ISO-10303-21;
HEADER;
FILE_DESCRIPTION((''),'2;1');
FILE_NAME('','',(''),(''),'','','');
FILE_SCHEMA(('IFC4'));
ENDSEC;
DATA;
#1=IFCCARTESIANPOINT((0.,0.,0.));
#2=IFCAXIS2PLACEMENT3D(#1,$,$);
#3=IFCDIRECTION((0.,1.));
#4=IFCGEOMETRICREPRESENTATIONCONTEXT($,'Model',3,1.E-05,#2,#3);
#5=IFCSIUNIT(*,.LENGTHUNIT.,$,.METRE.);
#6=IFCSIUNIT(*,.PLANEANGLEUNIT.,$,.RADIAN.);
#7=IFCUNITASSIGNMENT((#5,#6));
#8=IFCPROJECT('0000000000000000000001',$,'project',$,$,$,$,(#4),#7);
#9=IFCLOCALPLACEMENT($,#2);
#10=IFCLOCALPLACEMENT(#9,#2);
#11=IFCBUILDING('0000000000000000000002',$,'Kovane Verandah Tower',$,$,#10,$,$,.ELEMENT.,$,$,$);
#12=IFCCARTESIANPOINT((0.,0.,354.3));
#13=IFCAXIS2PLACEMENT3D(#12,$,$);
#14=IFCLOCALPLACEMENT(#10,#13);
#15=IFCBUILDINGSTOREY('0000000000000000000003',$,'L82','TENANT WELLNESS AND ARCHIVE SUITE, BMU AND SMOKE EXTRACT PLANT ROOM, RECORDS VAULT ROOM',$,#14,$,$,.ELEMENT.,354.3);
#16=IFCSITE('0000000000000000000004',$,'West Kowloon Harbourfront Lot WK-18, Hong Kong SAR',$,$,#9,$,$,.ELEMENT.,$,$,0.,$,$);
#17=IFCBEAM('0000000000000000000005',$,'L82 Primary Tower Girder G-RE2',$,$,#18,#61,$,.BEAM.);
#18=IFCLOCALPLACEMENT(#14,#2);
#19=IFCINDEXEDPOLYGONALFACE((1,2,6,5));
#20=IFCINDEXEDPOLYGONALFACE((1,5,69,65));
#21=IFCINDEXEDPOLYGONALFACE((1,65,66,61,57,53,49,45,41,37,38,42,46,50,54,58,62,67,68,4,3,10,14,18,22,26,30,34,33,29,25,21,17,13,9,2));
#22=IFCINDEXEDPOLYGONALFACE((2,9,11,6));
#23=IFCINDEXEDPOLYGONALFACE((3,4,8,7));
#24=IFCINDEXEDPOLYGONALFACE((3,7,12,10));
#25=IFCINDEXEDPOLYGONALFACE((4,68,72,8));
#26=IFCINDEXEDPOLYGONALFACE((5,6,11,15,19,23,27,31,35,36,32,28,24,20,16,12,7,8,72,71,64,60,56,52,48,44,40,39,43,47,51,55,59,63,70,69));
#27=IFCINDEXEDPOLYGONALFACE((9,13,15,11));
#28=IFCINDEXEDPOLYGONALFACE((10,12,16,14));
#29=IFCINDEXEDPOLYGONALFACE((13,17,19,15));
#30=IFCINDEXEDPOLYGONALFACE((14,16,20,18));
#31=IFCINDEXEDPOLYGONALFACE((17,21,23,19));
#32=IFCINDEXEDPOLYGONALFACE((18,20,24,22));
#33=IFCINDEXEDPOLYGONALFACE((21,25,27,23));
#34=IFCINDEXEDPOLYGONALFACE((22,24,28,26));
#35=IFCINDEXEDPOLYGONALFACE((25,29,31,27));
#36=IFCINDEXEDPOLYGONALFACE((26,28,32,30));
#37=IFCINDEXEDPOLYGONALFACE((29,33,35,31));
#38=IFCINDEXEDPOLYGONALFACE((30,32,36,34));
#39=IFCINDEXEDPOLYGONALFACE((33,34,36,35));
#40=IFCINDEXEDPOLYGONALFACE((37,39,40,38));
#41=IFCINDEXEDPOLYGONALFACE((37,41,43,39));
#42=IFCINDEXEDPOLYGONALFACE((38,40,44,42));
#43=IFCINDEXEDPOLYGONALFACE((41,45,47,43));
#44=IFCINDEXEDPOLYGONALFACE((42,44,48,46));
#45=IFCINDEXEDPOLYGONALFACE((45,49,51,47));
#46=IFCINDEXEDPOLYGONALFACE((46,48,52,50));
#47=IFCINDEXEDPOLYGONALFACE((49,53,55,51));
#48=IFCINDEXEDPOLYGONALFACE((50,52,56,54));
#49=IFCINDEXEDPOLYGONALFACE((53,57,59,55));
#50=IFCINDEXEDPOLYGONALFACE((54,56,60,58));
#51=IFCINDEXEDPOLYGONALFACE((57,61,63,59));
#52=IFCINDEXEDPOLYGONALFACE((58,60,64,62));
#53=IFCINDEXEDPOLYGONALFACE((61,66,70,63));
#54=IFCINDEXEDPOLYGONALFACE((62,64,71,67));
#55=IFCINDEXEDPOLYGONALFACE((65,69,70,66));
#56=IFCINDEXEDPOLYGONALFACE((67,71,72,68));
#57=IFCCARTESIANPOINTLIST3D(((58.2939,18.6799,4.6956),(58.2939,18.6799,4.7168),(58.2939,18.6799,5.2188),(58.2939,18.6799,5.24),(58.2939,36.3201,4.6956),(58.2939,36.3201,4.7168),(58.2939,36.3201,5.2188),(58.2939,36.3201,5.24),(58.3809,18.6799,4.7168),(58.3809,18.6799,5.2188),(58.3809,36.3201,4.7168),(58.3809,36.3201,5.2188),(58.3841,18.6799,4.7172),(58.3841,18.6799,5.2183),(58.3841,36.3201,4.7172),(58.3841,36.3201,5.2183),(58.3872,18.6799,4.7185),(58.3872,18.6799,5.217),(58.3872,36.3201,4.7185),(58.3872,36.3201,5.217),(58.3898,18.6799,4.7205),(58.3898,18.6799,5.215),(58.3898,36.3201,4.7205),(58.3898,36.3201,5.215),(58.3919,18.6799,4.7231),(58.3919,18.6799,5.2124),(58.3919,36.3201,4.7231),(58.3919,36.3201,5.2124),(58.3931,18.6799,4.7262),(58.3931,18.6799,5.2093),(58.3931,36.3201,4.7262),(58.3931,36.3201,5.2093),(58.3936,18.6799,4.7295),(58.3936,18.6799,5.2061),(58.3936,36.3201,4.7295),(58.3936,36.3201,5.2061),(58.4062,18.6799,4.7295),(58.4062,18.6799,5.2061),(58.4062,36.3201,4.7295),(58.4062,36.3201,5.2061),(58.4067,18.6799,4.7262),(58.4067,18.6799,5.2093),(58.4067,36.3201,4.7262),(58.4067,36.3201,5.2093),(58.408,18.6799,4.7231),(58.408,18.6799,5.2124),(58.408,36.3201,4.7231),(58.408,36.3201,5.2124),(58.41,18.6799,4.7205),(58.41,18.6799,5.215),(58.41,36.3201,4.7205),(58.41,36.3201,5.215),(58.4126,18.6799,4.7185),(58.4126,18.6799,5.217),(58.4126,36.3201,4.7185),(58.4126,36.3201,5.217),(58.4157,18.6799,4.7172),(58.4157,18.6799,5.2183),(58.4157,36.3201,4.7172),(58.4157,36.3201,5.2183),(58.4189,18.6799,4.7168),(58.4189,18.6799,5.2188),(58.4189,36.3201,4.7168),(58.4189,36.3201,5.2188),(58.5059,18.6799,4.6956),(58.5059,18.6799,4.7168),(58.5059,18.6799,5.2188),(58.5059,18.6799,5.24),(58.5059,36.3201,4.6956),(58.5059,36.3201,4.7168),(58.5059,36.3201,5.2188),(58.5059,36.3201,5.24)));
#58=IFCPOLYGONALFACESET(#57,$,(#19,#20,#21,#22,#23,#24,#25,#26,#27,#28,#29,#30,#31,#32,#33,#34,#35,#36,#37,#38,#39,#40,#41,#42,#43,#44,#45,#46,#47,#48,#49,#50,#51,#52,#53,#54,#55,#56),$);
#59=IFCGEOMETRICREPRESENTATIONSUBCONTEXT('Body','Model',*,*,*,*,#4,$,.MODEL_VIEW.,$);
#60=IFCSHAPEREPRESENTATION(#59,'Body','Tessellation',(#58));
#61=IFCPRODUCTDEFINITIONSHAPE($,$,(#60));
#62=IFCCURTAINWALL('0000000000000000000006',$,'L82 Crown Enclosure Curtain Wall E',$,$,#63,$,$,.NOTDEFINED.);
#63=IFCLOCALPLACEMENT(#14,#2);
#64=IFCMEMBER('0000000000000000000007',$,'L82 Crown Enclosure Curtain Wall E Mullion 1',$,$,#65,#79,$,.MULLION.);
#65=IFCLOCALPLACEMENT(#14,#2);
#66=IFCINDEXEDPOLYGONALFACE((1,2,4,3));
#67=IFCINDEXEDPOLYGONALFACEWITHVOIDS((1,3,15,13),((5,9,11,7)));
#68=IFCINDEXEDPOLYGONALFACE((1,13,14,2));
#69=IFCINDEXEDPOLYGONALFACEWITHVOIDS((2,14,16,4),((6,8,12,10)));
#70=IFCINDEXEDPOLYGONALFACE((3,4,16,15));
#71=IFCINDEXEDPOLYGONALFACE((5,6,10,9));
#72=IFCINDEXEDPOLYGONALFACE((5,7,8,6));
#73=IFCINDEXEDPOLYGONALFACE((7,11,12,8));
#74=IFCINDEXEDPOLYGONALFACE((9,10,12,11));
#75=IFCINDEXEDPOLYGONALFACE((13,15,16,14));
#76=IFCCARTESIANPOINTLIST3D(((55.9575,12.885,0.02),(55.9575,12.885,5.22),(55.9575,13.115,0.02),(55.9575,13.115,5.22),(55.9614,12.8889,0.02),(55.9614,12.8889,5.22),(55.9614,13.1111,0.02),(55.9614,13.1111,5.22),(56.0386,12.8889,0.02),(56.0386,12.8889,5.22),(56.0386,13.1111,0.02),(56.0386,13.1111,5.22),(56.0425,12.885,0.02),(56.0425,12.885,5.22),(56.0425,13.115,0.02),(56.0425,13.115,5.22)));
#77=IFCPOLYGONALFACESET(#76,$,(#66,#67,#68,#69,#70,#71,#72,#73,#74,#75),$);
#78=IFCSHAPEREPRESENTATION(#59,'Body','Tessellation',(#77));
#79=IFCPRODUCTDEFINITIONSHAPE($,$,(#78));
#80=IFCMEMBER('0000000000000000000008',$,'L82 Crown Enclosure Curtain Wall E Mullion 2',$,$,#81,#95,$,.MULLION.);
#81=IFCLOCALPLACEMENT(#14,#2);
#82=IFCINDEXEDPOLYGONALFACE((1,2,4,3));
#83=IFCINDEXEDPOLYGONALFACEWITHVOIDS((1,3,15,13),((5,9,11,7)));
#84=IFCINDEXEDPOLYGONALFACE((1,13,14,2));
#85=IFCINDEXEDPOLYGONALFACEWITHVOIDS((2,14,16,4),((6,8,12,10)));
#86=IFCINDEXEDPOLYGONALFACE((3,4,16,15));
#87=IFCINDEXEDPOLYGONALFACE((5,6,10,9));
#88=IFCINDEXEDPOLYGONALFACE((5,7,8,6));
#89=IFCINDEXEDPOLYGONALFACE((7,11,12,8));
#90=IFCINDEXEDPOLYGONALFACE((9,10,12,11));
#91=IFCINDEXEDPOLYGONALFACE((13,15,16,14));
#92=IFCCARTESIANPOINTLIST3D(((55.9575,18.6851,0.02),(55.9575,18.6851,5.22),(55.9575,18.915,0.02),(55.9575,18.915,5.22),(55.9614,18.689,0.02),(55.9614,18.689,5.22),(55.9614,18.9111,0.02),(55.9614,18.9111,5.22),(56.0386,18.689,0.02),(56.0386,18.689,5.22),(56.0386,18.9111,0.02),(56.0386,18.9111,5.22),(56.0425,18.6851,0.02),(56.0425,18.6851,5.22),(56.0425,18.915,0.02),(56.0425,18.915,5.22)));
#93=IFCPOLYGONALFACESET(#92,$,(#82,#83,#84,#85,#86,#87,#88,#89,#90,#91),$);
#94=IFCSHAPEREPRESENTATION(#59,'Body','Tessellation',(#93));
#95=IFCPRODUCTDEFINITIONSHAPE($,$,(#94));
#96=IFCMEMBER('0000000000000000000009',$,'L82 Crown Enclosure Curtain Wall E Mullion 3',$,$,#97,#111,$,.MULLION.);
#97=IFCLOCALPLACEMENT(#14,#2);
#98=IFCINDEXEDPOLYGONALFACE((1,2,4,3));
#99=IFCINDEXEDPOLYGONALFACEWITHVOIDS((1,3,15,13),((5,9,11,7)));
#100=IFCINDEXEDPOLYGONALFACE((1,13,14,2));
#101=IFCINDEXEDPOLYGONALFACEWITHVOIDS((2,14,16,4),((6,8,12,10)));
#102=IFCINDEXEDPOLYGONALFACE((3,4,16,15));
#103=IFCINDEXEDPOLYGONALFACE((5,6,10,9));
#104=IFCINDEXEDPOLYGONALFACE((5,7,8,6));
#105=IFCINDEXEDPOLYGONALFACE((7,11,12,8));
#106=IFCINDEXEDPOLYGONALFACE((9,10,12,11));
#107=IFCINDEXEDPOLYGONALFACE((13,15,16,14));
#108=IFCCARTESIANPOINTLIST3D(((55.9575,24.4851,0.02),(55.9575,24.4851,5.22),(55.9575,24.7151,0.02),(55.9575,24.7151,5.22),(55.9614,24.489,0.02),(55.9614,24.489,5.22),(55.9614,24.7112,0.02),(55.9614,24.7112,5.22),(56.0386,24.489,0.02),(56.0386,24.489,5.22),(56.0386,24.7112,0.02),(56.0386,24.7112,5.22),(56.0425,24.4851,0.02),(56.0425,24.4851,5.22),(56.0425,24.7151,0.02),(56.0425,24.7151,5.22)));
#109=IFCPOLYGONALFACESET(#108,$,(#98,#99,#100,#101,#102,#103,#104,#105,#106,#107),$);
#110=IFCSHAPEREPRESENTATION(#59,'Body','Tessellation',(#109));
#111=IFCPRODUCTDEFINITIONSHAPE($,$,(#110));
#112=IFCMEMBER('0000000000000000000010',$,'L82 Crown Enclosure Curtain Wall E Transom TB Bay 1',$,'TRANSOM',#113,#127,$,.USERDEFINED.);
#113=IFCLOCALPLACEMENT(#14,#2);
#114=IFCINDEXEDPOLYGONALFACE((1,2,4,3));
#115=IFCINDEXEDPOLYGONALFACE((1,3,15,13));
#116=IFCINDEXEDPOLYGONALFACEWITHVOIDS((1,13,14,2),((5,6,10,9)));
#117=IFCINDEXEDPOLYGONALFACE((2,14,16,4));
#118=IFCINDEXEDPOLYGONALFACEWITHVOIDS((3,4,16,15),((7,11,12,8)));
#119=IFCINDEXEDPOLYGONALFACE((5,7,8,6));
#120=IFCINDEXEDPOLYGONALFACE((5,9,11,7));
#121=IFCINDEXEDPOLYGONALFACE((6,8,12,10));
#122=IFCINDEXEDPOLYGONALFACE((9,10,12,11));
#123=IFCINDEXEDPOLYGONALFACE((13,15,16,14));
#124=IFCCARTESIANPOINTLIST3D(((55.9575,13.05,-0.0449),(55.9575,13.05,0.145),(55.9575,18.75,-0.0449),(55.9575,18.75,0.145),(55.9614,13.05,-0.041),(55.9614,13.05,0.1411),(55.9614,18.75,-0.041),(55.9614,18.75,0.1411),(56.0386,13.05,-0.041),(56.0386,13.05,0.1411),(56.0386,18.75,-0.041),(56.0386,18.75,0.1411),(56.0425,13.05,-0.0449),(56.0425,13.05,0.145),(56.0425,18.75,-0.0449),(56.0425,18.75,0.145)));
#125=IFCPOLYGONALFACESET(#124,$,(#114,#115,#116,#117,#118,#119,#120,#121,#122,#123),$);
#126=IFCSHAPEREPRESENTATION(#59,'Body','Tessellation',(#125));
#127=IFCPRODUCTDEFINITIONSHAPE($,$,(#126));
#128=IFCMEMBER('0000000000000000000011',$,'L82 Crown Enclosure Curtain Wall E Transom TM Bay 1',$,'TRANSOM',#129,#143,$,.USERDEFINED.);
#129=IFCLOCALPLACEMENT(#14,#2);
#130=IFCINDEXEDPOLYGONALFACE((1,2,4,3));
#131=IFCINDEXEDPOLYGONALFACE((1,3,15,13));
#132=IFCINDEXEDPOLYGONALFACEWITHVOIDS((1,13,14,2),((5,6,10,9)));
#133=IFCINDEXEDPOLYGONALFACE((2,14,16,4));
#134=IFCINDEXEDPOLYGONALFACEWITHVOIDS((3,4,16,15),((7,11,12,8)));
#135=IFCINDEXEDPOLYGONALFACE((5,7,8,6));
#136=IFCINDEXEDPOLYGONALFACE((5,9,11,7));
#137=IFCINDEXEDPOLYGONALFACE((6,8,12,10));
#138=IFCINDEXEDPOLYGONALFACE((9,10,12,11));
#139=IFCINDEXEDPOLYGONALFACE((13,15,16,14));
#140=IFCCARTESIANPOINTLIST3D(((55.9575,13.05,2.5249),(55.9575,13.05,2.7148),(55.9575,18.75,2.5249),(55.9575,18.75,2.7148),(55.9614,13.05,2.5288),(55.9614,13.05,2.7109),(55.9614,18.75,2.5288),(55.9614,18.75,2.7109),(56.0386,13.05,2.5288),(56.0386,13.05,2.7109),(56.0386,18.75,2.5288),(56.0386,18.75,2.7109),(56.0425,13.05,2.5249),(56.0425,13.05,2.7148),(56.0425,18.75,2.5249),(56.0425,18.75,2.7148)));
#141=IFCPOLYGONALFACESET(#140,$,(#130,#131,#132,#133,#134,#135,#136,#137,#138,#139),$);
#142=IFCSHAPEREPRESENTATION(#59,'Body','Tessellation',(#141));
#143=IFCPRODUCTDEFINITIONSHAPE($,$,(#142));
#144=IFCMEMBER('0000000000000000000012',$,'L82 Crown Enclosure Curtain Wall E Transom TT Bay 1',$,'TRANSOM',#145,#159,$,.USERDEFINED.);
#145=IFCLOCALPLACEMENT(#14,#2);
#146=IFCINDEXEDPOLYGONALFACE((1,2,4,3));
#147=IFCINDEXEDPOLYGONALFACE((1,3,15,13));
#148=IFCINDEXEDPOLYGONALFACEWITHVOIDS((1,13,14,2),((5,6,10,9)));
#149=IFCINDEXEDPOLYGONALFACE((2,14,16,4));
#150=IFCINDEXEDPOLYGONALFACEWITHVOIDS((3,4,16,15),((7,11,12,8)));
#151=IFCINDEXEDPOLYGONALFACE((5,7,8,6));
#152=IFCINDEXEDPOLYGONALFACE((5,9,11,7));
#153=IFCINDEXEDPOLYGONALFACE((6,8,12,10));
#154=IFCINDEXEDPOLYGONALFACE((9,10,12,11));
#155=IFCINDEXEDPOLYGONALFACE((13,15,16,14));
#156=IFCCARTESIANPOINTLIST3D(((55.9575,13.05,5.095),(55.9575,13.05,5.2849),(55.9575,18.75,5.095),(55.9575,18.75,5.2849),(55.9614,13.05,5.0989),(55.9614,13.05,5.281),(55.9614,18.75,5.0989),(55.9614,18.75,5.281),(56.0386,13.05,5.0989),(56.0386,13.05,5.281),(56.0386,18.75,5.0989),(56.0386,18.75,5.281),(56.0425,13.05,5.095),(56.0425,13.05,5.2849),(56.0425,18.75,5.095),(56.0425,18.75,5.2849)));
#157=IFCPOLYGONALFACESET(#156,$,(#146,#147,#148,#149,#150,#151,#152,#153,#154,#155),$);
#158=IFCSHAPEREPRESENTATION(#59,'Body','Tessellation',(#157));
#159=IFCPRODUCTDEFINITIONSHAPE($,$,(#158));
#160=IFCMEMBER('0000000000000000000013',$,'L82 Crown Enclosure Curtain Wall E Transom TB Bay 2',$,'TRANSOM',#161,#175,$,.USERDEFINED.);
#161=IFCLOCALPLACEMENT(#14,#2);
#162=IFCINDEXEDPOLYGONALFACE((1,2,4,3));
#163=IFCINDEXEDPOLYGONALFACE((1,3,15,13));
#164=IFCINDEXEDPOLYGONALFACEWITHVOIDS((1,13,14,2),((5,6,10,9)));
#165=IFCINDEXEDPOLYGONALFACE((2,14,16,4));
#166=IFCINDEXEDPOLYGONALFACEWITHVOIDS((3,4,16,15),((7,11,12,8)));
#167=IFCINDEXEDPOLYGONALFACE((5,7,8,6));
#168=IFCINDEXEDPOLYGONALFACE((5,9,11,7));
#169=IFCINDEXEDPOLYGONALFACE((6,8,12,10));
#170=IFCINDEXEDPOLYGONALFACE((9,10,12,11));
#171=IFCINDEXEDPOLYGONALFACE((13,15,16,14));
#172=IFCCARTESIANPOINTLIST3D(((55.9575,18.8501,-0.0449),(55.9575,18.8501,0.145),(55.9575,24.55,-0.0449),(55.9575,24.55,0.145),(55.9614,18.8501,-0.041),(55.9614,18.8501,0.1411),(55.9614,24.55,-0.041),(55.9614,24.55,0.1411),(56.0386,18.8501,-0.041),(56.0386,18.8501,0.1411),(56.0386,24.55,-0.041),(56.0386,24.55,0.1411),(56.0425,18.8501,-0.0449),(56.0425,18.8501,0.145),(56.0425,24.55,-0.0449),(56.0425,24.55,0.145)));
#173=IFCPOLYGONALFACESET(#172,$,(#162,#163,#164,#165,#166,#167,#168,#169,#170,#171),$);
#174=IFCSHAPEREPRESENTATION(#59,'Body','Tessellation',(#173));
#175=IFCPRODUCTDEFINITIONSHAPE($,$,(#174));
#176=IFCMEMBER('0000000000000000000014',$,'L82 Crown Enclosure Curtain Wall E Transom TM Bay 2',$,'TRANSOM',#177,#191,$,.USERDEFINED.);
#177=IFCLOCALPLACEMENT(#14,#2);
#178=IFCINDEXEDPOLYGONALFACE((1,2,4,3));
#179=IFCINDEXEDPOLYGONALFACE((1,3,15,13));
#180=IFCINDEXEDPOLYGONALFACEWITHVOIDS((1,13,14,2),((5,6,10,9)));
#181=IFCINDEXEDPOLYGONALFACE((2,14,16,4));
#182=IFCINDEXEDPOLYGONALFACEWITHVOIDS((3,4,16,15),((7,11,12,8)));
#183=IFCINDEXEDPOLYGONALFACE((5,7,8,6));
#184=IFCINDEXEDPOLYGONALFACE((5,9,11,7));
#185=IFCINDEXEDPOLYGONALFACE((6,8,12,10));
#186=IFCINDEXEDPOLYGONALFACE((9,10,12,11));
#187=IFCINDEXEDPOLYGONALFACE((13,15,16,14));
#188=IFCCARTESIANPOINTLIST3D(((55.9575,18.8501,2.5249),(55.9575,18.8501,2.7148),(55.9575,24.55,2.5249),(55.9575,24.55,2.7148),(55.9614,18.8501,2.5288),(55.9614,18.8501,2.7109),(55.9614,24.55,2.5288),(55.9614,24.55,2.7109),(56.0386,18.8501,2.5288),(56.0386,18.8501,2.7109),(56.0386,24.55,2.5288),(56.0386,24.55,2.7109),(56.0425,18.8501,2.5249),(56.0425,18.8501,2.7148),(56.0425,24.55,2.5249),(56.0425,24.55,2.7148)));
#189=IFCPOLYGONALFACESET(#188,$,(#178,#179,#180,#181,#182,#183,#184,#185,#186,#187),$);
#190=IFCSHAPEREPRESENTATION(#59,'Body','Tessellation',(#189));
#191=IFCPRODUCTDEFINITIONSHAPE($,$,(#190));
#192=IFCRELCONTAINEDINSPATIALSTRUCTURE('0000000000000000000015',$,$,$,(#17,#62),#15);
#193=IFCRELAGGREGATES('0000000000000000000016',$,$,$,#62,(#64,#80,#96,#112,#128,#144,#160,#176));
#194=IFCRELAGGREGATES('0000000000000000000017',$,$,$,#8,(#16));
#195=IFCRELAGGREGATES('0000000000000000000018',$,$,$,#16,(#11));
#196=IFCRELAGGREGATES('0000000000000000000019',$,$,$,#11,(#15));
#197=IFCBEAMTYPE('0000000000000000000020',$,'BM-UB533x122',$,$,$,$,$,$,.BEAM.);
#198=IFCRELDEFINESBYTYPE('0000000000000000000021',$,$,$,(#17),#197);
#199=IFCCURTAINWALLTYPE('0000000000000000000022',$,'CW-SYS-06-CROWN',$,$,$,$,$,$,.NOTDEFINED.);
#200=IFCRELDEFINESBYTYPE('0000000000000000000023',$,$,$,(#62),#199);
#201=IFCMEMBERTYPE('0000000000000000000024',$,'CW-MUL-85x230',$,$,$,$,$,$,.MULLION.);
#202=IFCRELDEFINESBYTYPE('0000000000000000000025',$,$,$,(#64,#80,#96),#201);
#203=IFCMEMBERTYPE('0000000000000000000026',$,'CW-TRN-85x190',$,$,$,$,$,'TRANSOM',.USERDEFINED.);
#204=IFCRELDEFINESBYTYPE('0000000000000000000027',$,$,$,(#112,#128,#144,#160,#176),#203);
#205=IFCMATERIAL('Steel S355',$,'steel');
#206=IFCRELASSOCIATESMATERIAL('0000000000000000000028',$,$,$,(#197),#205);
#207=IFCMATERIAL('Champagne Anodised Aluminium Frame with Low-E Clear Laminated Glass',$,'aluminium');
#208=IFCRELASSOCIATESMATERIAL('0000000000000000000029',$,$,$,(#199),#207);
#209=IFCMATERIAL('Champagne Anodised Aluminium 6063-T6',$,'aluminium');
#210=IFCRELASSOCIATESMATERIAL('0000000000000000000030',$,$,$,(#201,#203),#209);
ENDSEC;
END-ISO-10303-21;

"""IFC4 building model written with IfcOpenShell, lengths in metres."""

from ifc_helpers import new_model, si_unit, direction, frame, origin, origin_2d, place, context, subcontext, project, spatial, hollow_rectangle, i_section, extrude, material, material_profile, profile_set, type_object, element, aggregate, save


model = new_model("IFC4")

# Units and contexts
model_context = context("Model", 3, precision=1e-05, world=origin(), true_north=direction((0.0, 1.0)))
body_context = subcontext(model_context, "Body", "Model", "MODEL_VIEW")
ifc_project = project(units=[si_unit("LENGTHUNIT", "METRE"), si_unit("PLANEANGLEUNIT", "RADIAN")], contexts=[model_context])

# Site, building, storey
site_placement = place(None, origin())
site = spatial("IfcSite", under=ifc_project, at=site_placement, Name="West Kowloon Harbourfront Lot WK-18, Hong Kong SAR", CompositionType="ELEMENT", RefElevation=0.0)
building_placement = place(site_placement, origin())
building = spatial("IfcBuilding", under=site, at=building_placement, Name="Kovane Verandah Tower", CompositionType="ELEMENT")
storey_placement = place(building_placement, frame((0.0, 0.0, 354.3)))
storey = spatial("IfcBuildingStorey", under=building, at=storey_placement, Name="L82", Description="TENANT WELLNESS AND ARCHIVE SUITE, BMU AND SMOKE EXTRACT PLANT ROOM, RECORDS VAULT ROOM", CompositionType="ELEMENT", Elevation=354.3)

# Shared definitions
ifc_material_1 = material(Name="Steel S355", Category="steel")

# Beam
ifc_material_profile_1 = material_profile(ifc_material_1, i_section(OverallWidth=0.2119, OverallDepth=0.5444, WebThickness=0.0127, FlangeThickness=0.0212, FilletRadius=0.0127, at=origin_2d()), Name="UB533x210x122")
ifc_profile_set_1 = profile_set([ifc_material_profile_1], Name="Steel S355")
beam_type_1 = type_object("IfcBeamType", Name="BM-UB533x122", PredefinedType="BEAM", material=ifc_profile_set_1)
beam_1_placement = place(storey_placement, frame((58.3999, 18.6799, 4.9678), z_axis=(0.0, 1.0, 0.0), x_axis=(-1.0, 0.0, 0.0)))
element("IfcBeam", 1, at=beam_1_placement, inside=storey, type_object=beam_type_1, Name="L82 Primary Tower Girder G-RE2", PredefinedType="BEAM", context=body_context, shape_type="SweptSolid", body=[
    extrude(i_section(OverallWidth=0.2119, OverallDepth=0.5444, WebThickness=0.0127, FlangeThickness=0.0212, FilletRadius=0.0127, at=origin_2d()), origin(), (0.0, 0.0, 1.0), 17.6401),
])

# Curtain wall, members
ifc_material_2 = material(Name="Champagne Anodised Aluminium Frame with Low-E Clear Laminated Glass", Category="aluminium")
curtain_wall_type = type_object("IfcCurtainWallType", Name="CW-SYS-06-CROWN", PredefinedType="NOTDEFINED", material=ifc_material_2)
curtain_wall_placement = place(storey_placement, origin())
curtain_wall = element("IfcCurtainWall", 2, at=curtain_wall_placement, inside=storey, type_object=curtain_wall_type, Name="L82 Crown Enclosure Curtain Wall E", PredefinedType="NOTDEFINED")
ifc_material_3 = material(Name="Champagne Anodised Aluminium 6063-T6", Category="aluminium")
ifc_material_profile_2 = material_profile(ifc_material_3, hollow_rectangle(XDim=0.085, YDim=0.23, WallThickness=0.0039, at=origin_2d()), Name="AL85x230x4")
ifc_profile_set_2 = profile_set([ifc_material_profile_2], Name="Champagne Anodised Aluminium 6063-T6")
member_type_1 = type_object("IfcMemberType", Name="CW-MUL-85x230", PredefinedType="MULLION", material=ifc_profile_set_2)
member_1_placement = place(storey_placement, frame((56.0, 13.0, 0.02), z_axis=(0.0, 0.0, 1.0), x_axis=(1.0, 0.0, 0.0)))
member_1 = element("IfcMember", 3, at=member_1_placement, type_object=member_type_1, Name="L82 Crown Enclosure Curtain Wall E Mullion 1", PredefinedType="MULLION", context=body_context, shape_type="SweptSolid", body=[
    extrude(hollow_rectangle(XDim=0.085, YDim=0.23, WallThickness=0.0039, at=origin_2d()), origin(), (0.0, 0.0, 1.0), 5.2),
])
member_2_placement = place(storey_placement, frame((56.0, 18.8, 0.02), z_axis=(0.0, 0.0, 1.0), x_axis=(1.0, 0.0, 0.0)))
member_2 = element("IfcMember", 4, at=member_2_placement, type_object=member_type_1, Name="L82 Crown Enclosure Curtain Wall E Mullion 2", PredefinedType="MULLION", context=body_context, shape_type="SweptSolid", body=[
    extrude(hollow_rectangle(XDim=0.085, YDim=0.23, WallThickness=0.0039, at=origin_2d()), origin(), (0.0, 0.0, 1.0), 5.2),
])
member_3_placement = place(storey_placement, frame((56.0, 24.6001, 0.02), z_axis=(0.0, 0.0, 1.0), x_axis=(1.0, 0.0, 0.0)))
member_3 = element("IfcMember", 5, at=member_3_placement, type_object=member_type_1, Name="L82 Crown Enclosure Curtain Wall E Mullion 3", PredefinedType="MULLION", context=body_context, shape_type="SweptSolid", body=[
    extrude(hollow_rectangle(XDim=0.085, YDim=0.23, WallThickness=0.0039, at=origin_2d()), origin(), (0.0, 0.0, 1.0), 5.2),
])
ifc_material_profile_3 = material_profile(ifc_material_3, hollow_rectangle(XDim=0.085, YDim=0.1899, WallThickness=0.0039, at=origin_2d()), Name="AL85x190x4")
ifc_profile_set_3 = profile_set([ifc_material_profile_3], Name="Champagne Anodised Aluminium 6063-T6")
member_type_2 = type_object("IfcMemberType", Name="CW-TRN-85x190", ElementType="TRANSOM", PredefinedType="USERDEFINED", material=ifc_profile_set_3)
member_4_placement = place(storey_placement, frame((56.0, 13.05, 0.05), z_axis=(0.0, 1.0, 0.0), x_axis=(-1.0, 0.0, 0.0)))
member_4 = element("IfcMember", 6, at=member_4_placement, type_object=member_type_2, Name="L82 Crown Enclosure Curtain Wall E Transom TB Bay 1", ObjectType="TRANSOM", PredefinedType="USERDEFINED", context=body_context, shape_type="SweptSolid", body=[
    extrude(hollow_rectangle(XDim=0.085, YDim=0.1899, WallThickness=0.0039, at=origin_2d()), origin(), (0.0, 0.0, 1.0), 5.7),
])
member_5_placement = place(storey_placement, frame((56.0, 13.05, 2.6199), z_axis=(0.0, 1.0, 0.0), x_axis=(-1.0, 0.0, 0.0)))
member_5 = element("IfcMember", 7, at=member_5_placement, type_object=member_type_2, Name="L82 Crown Enclosure Curtain Wall E Transom TM Bay 1", ObjectType="TRANSOM", PredefinedType="USERDEFINED", context=body_context, shape_type="SweptSolid", body=[
    extrude(hollow_rectangle(XDim=0.085, YDim=0.1899, WallThickness=0.0039, at=origin_2d()), origin(), (0.0, 0.0, 1.0), 5.7),
])
member_6_placement = place(storey_placement, frame((56.0, 13.05, 5.1899), z_axis=(0.0, 1.0, 0.0), x_axis=(-1.0, 0.0, 0.0)))
member_6 = element("IfcMember", 8, at=member_6_placement, type_object=member_type_2, Name="L82 Crown Enclosure Curtain Wall E Transom TT Bay 1", ObjectType="TRANSOM", PredefinedType="USERDEFINED", context=body_context, shape_type="SweptSolid", body=[
    extrude(hollow_rectangle(XDim=0.085, YDim=0.1899, WallThickness=0.0039, at=origin_2d()), origin(), (0.0, 0.0, 1.0), 5.7),
])
member_7_placement = place(storey_placement, frame((56.0, 18.8501, 0.05), z_axis=(0.0, 1.0, 0.0), x_axis=(-1.0, 0.0, 0.0)))
member_7 = element("IfcMember", 9, at=member_7_placement, type_object=member_type_2, Name="L82 Crown Enclosure Curtain Wall E Transom TB Bay 2", ObjectType="TRANSOM", PredefinedType="USERDEFINED", context=body_context, shape_type="SweptSolid", body=[
    extrude(hollow_rectangle(XDim=0.085, YDim=0.1899, WallThickness=0.0039, at=origin_2d()), origin(), (0.0, 0.0, 1.0), 5.7),
])
member_8_placement = place(storey_placement, frame((56.0, 18.8501, 2.6199), z_axis=(0.0, 1.0, 0.0), x_axis=(-1.0, 0.0, 0.0)))
member_8 = element("IfcMember", 10, at=member_8_placement, type_object=member_type_2, Name="L82 Crown Enclosure Curtain Wall E Transom TM Bay 2", ObjectType="TRANSOM", PredefinedType="USERDEFINED", context=body_context, shape_type="SweptSolid", body=[
    extrude(hollow_rectangle(XDim=0.085, YDim=0.1899, WallThickness=0.0039, at=origin_2d()), origin(), (0.0, 0.0, 1.0), 5.7),
])

aggregate(curtain_wall, [member_1, member_2, member_3, member_4, member_5, member_6, member_7, member_8])

save(model, "model.ifc")
